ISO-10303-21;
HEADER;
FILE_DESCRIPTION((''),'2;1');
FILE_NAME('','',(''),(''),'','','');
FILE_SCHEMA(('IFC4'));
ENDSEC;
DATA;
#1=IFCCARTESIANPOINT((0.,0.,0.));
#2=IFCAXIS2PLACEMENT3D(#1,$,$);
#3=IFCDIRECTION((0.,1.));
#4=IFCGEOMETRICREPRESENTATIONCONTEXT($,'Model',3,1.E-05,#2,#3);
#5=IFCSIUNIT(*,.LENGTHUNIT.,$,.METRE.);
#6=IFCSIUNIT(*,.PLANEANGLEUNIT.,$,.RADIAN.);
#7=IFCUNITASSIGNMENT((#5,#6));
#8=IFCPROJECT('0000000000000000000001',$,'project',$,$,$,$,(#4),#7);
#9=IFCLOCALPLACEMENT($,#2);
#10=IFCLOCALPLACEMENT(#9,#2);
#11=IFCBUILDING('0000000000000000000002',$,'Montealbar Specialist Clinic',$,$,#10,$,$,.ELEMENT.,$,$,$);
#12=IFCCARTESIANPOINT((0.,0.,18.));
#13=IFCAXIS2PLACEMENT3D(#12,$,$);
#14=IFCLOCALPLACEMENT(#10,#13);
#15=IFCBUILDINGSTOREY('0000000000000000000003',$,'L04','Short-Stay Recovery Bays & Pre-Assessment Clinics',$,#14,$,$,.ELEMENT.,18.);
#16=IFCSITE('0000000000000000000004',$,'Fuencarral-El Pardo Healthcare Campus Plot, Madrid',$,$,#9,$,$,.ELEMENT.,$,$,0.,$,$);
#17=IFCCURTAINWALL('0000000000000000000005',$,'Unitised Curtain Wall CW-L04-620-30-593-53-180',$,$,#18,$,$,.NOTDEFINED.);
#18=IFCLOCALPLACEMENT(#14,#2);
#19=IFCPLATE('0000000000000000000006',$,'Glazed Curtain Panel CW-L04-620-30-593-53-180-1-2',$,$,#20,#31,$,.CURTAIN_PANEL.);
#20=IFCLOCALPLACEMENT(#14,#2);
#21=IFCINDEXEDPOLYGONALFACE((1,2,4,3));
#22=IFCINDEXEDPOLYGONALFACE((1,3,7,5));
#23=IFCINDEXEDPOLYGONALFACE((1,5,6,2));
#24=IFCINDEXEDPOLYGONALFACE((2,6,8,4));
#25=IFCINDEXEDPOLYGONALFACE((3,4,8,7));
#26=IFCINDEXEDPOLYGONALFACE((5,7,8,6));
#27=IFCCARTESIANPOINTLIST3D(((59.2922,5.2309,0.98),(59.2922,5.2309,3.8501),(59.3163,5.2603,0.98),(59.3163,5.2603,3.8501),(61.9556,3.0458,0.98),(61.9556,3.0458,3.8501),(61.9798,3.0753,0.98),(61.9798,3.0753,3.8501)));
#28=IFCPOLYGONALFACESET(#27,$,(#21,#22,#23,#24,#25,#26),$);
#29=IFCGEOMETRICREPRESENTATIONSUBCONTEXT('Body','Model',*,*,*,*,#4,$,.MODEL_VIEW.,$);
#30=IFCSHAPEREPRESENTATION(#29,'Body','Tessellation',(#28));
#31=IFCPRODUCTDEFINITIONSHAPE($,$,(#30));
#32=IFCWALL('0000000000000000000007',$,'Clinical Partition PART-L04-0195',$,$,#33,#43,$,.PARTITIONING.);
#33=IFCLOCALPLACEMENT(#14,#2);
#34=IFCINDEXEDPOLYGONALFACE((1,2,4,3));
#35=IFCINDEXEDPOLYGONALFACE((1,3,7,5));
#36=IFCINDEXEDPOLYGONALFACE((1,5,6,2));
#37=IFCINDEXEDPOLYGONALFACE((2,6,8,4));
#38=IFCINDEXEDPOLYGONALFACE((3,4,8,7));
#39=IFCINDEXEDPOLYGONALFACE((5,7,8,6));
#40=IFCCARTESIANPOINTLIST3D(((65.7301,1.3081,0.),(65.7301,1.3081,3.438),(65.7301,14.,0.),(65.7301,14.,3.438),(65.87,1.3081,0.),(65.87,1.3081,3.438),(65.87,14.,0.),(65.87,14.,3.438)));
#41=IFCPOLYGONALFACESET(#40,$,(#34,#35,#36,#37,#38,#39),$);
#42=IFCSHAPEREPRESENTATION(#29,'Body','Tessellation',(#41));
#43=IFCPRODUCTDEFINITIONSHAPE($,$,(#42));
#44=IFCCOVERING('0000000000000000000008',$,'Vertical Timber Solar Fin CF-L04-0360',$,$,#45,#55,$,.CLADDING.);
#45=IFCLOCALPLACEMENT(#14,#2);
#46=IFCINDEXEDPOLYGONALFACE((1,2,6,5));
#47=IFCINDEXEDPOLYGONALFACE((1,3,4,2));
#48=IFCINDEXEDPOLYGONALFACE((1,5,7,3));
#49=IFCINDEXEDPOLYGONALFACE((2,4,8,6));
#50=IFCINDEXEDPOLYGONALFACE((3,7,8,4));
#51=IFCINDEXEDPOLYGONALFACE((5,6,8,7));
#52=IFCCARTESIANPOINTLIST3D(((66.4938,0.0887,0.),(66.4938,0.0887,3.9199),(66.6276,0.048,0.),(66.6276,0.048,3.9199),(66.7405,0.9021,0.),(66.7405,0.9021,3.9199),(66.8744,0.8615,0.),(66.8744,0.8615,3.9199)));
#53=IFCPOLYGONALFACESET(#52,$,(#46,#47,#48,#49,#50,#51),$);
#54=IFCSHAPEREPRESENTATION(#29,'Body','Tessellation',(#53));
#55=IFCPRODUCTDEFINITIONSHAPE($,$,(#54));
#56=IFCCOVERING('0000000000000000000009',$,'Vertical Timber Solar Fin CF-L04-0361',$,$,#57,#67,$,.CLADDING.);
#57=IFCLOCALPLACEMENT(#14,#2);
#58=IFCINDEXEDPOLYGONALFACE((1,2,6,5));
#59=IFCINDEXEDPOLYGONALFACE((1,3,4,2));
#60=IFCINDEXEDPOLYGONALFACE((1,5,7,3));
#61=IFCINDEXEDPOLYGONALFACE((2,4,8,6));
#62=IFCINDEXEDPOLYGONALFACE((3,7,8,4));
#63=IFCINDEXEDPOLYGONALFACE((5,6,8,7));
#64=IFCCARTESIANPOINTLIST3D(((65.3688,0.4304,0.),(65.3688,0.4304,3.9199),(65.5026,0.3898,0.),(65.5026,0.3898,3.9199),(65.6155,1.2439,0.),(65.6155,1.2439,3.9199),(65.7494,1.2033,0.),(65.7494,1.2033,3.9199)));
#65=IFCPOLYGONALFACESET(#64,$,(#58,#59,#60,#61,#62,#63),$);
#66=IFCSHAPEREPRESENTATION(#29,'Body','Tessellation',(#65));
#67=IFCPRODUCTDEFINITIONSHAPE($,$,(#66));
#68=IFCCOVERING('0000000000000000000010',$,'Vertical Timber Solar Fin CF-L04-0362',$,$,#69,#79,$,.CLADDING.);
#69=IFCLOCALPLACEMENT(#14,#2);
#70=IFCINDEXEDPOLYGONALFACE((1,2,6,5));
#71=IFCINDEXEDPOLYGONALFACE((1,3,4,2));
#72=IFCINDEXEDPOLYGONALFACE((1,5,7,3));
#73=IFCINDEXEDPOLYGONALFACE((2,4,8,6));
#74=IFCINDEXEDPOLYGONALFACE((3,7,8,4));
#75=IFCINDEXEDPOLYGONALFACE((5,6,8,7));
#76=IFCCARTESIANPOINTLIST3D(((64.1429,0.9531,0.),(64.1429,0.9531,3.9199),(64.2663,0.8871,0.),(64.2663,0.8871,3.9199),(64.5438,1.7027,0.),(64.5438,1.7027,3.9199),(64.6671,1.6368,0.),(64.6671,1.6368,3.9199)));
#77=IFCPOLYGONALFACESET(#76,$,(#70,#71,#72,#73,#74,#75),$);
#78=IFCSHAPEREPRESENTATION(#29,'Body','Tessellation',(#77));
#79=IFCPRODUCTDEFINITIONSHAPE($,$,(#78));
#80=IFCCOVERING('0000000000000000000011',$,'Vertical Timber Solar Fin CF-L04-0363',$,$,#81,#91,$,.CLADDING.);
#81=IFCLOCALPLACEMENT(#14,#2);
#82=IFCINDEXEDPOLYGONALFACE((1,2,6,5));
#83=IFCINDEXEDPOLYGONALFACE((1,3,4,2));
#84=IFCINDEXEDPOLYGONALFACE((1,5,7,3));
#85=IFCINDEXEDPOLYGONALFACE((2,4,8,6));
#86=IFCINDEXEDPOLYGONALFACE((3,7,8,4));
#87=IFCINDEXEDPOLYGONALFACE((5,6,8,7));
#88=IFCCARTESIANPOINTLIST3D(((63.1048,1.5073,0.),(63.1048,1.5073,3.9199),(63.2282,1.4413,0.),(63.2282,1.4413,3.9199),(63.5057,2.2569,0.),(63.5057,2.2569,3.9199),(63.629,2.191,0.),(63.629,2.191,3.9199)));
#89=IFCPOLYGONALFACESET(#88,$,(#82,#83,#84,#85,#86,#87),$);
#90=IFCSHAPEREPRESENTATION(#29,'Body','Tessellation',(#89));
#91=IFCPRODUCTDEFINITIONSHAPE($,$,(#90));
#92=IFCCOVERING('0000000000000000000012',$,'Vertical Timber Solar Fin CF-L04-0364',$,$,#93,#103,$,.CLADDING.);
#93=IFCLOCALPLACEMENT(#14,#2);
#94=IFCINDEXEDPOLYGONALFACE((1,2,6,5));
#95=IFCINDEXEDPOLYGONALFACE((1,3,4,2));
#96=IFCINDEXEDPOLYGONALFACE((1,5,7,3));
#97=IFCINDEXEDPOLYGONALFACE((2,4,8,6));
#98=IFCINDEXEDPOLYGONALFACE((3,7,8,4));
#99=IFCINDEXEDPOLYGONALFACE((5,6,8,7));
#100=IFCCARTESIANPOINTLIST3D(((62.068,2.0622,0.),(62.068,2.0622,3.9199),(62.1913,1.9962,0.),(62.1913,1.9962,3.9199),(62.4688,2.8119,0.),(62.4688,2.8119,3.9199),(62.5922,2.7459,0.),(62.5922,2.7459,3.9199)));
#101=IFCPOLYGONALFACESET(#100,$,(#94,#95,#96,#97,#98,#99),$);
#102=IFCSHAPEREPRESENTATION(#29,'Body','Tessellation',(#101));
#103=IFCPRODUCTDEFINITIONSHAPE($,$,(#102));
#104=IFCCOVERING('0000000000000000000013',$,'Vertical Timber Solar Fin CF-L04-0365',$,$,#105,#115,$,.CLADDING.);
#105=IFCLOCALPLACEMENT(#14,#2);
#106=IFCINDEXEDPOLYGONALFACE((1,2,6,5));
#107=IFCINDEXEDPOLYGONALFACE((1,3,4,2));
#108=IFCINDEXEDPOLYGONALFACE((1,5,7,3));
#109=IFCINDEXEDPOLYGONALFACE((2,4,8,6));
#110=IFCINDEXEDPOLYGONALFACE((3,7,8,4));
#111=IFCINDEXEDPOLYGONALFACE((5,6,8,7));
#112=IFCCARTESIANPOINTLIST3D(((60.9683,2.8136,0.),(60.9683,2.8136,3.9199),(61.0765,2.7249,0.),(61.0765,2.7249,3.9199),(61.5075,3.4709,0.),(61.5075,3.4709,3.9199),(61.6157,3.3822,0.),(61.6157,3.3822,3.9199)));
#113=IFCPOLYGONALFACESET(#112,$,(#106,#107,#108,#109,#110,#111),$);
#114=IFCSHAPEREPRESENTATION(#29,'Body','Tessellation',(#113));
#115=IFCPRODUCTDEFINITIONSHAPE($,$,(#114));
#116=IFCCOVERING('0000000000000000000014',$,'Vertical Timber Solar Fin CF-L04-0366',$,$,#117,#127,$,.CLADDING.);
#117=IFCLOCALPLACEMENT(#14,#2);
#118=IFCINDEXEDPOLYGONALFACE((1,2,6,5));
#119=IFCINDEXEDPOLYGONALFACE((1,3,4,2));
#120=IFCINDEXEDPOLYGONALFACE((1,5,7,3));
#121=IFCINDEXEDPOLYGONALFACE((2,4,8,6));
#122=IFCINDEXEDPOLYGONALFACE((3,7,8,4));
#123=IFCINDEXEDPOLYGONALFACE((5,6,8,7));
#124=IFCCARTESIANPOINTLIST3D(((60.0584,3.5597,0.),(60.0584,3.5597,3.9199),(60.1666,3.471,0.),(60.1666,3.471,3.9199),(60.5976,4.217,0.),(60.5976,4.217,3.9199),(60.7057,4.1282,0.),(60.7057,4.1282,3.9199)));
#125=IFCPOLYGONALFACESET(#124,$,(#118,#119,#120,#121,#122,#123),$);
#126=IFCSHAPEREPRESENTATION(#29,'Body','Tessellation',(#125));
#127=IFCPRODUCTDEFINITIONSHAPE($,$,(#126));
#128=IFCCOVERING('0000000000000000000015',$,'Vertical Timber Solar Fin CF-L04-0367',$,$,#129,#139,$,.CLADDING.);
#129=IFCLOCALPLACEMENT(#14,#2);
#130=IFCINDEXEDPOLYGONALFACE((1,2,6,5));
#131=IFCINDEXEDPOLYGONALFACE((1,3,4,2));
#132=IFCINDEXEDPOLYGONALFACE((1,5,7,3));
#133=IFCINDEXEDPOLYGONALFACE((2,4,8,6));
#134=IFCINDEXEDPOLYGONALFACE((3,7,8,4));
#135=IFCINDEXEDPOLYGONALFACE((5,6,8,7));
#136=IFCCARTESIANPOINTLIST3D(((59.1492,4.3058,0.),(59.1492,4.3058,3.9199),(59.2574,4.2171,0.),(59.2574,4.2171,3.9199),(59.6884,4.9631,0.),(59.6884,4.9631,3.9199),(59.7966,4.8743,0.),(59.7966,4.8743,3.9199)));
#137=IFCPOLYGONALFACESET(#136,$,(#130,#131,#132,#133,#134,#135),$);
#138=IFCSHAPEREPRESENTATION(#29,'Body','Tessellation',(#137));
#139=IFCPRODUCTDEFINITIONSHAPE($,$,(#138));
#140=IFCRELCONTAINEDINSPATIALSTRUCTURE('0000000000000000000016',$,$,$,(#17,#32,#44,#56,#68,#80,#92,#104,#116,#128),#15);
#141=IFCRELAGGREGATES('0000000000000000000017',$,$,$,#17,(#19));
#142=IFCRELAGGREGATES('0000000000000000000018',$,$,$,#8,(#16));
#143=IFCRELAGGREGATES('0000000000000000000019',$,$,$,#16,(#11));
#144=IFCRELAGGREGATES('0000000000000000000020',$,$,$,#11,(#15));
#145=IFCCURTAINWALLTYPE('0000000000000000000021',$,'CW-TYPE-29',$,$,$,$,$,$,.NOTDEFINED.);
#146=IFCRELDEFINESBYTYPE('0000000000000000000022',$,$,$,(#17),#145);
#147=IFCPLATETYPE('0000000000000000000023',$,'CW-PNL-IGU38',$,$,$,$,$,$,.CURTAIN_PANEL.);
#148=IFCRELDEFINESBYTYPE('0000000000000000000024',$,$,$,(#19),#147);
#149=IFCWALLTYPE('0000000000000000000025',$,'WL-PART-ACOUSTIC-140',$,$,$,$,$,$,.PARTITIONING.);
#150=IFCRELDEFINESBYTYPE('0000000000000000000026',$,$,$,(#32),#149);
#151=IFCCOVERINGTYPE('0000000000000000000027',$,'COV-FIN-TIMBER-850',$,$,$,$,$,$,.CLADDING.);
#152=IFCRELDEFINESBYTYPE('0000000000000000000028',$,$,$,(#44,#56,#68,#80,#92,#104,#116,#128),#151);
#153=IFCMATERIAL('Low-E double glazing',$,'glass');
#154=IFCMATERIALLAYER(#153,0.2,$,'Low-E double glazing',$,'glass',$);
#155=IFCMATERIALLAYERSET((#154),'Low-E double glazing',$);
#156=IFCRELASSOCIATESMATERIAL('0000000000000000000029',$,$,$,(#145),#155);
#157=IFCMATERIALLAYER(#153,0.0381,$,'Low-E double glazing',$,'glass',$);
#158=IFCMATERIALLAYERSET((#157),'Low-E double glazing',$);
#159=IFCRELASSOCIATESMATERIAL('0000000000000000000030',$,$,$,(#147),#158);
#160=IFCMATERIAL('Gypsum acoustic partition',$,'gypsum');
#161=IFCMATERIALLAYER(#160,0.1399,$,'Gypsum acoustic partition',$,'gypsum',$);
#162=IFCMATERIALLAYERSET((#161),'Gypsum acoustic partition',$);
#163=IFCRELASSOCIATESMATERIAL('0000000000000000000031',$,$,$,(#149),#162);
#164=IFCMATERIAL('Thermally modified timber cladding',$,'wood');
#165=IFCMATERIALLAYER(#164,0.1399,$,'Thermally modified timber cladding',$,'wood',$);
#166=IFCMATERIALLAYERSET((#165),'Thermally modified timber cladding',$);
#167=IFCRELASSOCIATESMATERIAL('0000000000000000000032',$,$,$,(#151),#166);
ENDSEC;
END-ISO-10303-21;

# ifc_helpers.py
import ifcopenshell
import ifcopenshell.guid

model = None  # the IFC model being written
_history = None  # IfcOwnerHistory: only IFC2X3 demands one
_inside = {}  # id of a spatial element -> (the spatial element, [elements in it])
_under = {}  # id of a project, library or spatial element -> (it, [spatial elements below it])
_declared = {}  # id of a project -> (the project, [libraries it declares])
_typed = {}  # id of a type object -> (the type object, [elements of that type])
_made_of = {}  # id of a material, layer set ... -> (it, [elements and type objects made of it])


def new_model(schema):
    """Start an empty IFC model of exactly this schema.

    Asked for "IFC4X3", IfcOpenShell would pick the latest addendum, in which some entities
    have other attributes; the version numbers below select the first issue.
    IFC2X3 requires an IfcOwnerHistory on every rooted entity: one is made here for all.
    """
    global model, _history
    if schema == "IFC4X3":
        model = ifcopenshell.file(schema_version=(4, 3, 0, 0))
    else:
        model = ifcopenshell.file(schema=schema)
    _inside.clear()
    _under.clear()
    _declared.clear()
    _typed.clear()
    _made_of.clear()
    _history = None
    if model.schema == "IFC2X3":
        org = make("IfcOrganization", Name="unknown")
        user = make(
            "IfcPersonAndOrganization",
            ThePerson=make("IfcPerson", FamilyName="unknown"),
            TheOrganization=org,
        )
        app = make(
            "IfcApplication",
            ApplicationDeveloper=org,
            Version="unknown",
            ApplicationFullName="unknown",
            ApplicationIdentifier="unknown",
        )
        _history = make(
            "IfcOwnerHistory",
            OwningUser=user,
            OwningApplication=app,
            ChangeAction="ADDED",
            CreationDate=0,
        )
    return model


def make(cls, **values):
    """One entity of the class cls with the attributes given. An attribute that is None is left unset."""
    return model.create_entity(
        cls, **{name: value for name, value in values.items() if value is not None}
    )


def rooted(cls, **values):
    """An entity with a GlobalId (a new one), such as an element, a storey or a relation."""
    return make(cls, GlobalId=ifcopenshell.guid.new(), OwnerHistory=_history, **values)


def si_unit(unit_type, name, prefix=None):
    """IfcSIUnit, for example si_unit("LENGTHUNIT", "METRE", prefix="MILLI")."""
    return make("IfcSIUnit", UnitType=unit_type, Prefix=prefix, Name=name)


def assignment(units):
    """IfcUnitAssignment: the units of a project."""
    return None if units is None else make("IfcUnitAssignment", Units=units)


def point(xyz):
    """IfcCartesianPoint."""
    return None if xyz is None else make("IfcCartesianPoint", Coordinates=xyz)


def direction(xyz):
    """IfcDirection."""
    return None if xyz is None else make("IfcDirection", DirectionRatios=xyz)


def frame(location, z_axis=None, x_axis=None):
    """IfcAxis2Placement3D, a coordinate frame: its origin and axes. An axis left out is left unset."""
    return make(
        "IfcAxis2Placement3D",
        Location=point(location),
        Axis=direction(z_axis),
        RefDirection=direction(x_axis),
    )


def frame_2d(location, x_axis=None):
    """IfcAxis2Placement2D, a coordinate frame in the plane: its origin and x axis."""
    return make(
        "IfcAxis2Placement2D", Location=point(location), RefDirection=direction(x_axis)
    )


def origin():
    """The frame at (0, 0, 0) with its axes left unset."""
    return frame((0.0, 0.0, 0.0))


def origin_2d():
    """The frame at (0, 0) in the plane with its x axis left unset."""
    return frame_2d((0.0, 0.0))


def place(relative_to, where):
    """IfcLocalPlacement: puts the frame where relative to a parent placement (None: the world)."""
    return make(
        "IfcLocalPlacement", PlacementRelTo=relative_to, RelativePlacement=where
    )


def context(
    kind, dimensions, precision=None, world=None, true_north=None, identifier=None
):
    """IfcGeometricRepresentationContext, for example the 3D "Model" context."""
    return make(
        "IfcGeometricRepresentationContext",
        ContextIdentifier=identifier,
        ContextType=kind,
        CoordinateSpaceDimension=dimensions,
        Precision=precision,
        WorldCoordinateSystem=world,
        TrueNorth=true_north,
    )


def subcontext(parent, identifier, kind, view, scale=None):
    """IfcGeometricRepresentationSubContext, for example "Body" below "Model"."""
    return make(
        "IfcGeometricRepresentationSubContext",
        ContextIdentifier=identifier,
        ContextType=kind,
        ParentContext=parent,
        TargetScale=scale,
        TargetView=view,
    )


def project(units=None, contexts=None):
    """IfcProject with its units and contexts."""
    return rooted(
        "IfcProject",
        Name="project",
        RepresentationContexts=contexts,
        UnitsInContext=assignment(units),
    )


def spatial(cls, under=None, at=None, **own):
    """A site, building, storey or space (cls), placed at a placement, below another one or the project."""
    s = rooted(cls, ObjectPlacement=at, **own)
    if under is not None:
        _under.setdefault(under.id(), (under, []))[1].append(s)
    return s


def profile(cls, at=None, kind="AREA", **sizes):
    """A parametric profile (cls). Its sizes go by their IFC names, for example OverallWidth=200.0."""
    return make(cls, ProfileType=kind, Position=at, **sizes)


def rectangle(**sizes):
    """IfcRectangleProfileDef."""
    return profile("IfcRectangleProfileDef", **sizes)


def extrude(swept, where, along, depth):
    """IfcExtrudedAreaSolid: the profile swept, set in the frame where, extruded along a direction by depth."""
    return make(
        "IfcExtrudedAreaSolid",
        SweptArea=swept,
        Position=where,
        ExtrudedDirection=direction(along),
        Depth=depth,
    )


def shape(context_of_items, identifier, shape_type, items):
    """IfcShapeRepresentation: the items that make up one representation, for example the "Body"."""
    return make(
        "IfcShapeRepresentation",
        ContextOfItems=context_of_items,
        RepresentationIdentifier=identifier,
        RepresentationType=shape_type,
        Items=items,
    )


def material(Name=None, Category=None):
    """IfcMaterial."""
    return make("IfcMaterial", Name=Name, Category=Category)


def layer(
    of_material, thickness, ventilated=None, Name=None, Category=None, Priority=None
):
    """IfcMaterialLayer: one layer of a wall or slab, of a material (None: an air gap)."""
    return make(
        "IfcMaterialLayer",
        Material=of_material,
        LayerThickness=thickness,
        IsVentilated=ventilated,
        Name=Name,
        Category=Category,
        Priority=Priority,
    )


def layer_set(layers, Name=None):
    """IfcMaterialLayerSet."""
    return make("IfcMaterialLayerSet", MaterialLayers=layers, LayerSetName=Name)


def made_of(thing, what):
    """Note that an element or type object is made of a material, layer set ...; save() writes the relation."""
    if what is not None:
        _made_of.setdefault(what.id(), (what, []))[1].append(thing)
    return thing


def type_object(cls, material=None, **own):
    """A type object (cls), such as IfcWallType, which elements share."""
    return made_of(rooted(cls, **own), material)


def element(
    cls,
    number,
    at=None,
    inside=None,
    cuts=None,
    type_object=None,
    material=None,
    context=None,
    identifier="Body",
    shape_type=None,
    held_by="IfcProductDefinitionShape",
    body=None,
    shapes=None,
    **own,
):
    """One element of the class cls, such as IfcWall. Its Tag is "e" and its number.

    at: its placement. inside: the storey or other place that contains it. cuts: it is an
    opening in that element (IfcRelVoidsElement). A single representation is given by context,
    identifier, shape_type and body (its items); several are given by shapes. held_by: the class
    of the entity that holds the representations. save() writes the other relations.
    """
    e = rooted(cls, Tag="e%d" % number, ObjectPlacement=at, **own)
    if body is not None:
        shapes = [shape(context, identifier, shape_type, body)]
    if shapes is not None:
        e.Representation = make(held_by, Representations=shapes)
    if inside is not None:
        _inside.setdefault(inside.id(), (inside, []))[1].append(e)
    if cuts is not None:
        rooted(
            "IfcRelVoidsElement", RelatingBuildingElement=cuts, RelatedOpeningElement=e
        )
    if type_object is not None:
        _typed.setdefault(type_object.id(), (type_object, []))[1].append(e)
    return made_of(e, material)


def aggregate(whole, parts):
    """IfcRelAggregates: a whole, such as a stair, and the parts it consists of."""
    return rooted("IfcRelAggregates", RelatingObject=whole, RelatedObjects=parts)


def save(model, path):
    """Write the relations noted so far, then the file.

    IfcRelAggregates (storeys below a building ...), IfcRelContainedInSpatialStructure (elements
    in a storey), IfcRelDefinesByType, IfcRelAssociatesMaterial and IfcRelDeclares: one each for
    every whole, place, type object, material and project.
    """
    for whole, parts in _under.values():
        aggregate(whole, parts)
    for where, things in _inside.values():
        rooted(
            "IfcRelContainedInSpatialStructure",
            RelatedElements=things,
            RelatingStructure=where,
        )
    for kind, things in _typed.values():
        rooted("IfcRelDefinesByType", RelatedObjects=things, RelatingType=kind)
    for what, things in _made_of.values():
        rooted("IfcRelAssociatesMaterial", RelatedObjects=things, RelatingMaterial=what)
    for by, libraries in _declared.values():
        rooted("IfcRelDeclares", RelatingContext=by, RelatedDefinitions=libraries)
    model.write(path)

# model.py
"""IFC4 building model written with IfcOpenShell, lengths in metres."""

from ifc_helpers import new_model, si_unit, direction, frame, frame_2d, origin, origin_2d, place, context, subcontext, project, spatial, rectangle, extrude, material, layer, layer_set, type_object, element, aggregate, save


model = new_model("IFC4")

# Units and contexts
model_context = context("Model", 3, precision=1e-05, world=origin(), true_north=direction((0.0, 1.0)))
body_context = subcontext(model_context, "Body", "Model", "MODEL_VIEW")
ifc_project = project(units=[si_unit("LENGTHUNIT", "METRE"), si_unit("PLANEANGLEUNIT", "RADIAN")], contexts=[model_context])

# Site, building, storey
site_placement = place(None, origin())
site = spatial("IfcSite", under=ifc_project, at=site_placement, Name="Fuencarral-El Pardo Healthcare Campus Plot, Madrid", CompositionType="ELEMENT", RefElevation=0.0)
building_placement = place(site_placement, origin())
building = spatial("IfcBuilding", under=site, at=building_placement, Name="Montealbar Specialist Clinic", CompositionType="ELEMENT")
storey_placement = place(building_placement, frame((0.0, 0.0, 18.0)))
storey = spatial("IfcBuildingStorey", under=building, at=storey_placement, Name="L04", Description="Short-Stay Recovery Bays & Pre-Assessment Clinics", CompositionType="ELEMENT", Elevation=18.0)

# Shared definitions
ifc_material_1 = material(Name="Low-E double glazing", Category="glass")
ifc_layer_1 = layer(ifc_material_1, 0.2, Name="Low-E double glazing", Category="glass")
ifc_layer_set_1 = layer_set([ifc_layer_1], Name="Low-E double glazing")
curtain_wall_type = type_object("IfcCurtainWallType", Name="CW-TYPE-29", PredefinedType="NOTDEFINED", material=ifc_layer_set_1)

# Curtain wall
curtain_wall_1_placement = place(storey_placement, origin())
curtain_wall_1 = element("IfcCurtainWall", 1, at=curtain_wall_1_placement, inside=storey, type_object=curtain_wall_type, Name="Unitised Curtain Wall CW-L04-620-30-593-53-180", PredefinedType="NOTDEFINED")

# Plate
ifc_layer_2 = layer(ifc_material_1, 0.0381, Name="Low-E double glazing", Category="glass")
ifc_layer_set_2 = layer_set([ifc_layer_2], Name="Low-E double glazing")
plate_type = type_object("IfcPlateType", Name="CW-PNL-IGU38", PredefinedType="CURTAIN_PANEL", material=ifc_layer_set_2)
plate_1_placement = place(storey_placement, frame((60.636, 4.1531, 0.98), z_axis=(0.0, 0.0, 1.0), x_axis=(-0.773123, 0.634256, 0.0)))
plate_1 = element("IfcPlate", 2, at=plate_1_placement, type_object=plate_type, Name="Glazed Curtain Panel CW-L04-620-30-593-53-180-1-2", PredefinedType="CURTAIN_PANEL", context=body_context, shape_type="SweptSolid", body=[
    extrude(rectangle(XDim=3.4451, YDim=0.0381, at=origin_2d()), origin(), (0.0, 0.0, 1.0), 2.8701),
])
aggregate(curtain_wall_1, [plate_1])

# Wall
ifc_material_2 = material(Name="Gypsum acoustic partition", Category="gypsum")
ifc_layer_3 = layer(ifc_material_2, 0.1399, Name="Gypsum acoustic partition", Category="gypsum")
ifc_layer_set_3 = layer_set([ifc_layer_3], Name="Gypsum acoustic partition")
wall_type = type_object("IfcWallType", Name="WL-PART-ACOUSTIC-140", PredefinedType="PARTITIONING", material=ifc_layer_set_3)
wall_placement = place(storey_placement, frame((65.8, 1.3081, 0.0), z_axis=(0.0, 0.0, 1.0), x_axis=(0.0, 1.0, 0.0)))
element("IfcWall", 3, at=wall_placement, inside=storey, type_object=wall_type, Name="Clinical Partition PART-L04-0195", PredefinedType="PARTITIONING", context=body_context, shape_type="SweptSolid", body=[
    extrude(rectangle(XDim=12.6919, YDim=0.1399, at=frame_2d((6.3459, 0.0))), origin(), (0.0, 0.0, 1.0), 3.438),
])

# Coverings
ifc_material_3 = material(Name="Thermally modified timber cladding", Category="wood")
ifc_layer_4 = layer(ifc_material_3, 0.1399, Name="Thermally modified timber cladding", Category="wood")
ifc_layer_set_4 = layer_set([ifc_layer_4], Name="Thermally modified timber cladding")
covering_type = type_object("IfcCoveringType", Name="COV-FIN-TIMBER-850", PredefinedType="CLADDING", material=ifc_layer_set_4)
for number, where, z_axis, x_axis, name in (
    (4, (66.6841, 0.4751, 0.0), (0.0, 0.0, 1.0), (-0.290259, -0.956948, 0.0), "Vertical Timber Solar Fin CF-L04-0360"),
    (5, (65.5591, 0.8169, 0.0), (0.0, 0.0, 1.0), (-0.290259, -0.956948, 0.0), "Vertical Timber Solar Fin CF-L04-0361"),
    (6, (64.405, 1.2949, 0.0), (0.0, 0.0, 1.0), (-0.471529, -0.88185, 0.0), "Vertical Timber Solar Fin CF-L04-0362"),
    (7, (63.3669, 1.8491, 0.0), (0.0, 0.0, 1.0), (-0.471529, -0.88185, 0.0), "Vertical Timber Solar Fin CF-L04-0363"),
    (8, (62.3301, 2.4041, 0.0), (0.0, 0.0, 1.0), (-0.471529, -0.88185, 0.0), "Vertical Timber Solar Fin CF-L04-0364"),
    (9, (61.292, 3.0979, 0.0), (0.0, 0.0, 1.0), (-0.634256, -0.773123, 0.0), "Vertical Timber Solar Fin CF-L04-0365"),
    (10, (60.3821, 3.844, 0.0), (0.0, 0.0, 1.0), (-0.634256, -0.773123, 0.0), "Vertical Timber Solar Fin CF-L04-0366"),
    (11, (59.4729, 4.5901, 0.0), (0.0, 0.0, 1.0), (-0.634256, -0.773123, 0.0), "Vertical Timber Solar Fin CF-L04-0367"),
):
    element("IfcCovering", number, at=place(storey_placement, frame(where, z_axis=z_axis, x_axis=x_axis)), inside=storey, type_object=covering_type, Name=name, PredefinedType="CLADDING", context=body_context, shape_type="SweptSolid", body=[
        extrude(rectangle(XDim=0.8501, YDim=0.1399, at=origin_2d()), origin(), (0.0, 0.0, 1.0), 3.9199),
    ])

save(model, "model.ifc")
